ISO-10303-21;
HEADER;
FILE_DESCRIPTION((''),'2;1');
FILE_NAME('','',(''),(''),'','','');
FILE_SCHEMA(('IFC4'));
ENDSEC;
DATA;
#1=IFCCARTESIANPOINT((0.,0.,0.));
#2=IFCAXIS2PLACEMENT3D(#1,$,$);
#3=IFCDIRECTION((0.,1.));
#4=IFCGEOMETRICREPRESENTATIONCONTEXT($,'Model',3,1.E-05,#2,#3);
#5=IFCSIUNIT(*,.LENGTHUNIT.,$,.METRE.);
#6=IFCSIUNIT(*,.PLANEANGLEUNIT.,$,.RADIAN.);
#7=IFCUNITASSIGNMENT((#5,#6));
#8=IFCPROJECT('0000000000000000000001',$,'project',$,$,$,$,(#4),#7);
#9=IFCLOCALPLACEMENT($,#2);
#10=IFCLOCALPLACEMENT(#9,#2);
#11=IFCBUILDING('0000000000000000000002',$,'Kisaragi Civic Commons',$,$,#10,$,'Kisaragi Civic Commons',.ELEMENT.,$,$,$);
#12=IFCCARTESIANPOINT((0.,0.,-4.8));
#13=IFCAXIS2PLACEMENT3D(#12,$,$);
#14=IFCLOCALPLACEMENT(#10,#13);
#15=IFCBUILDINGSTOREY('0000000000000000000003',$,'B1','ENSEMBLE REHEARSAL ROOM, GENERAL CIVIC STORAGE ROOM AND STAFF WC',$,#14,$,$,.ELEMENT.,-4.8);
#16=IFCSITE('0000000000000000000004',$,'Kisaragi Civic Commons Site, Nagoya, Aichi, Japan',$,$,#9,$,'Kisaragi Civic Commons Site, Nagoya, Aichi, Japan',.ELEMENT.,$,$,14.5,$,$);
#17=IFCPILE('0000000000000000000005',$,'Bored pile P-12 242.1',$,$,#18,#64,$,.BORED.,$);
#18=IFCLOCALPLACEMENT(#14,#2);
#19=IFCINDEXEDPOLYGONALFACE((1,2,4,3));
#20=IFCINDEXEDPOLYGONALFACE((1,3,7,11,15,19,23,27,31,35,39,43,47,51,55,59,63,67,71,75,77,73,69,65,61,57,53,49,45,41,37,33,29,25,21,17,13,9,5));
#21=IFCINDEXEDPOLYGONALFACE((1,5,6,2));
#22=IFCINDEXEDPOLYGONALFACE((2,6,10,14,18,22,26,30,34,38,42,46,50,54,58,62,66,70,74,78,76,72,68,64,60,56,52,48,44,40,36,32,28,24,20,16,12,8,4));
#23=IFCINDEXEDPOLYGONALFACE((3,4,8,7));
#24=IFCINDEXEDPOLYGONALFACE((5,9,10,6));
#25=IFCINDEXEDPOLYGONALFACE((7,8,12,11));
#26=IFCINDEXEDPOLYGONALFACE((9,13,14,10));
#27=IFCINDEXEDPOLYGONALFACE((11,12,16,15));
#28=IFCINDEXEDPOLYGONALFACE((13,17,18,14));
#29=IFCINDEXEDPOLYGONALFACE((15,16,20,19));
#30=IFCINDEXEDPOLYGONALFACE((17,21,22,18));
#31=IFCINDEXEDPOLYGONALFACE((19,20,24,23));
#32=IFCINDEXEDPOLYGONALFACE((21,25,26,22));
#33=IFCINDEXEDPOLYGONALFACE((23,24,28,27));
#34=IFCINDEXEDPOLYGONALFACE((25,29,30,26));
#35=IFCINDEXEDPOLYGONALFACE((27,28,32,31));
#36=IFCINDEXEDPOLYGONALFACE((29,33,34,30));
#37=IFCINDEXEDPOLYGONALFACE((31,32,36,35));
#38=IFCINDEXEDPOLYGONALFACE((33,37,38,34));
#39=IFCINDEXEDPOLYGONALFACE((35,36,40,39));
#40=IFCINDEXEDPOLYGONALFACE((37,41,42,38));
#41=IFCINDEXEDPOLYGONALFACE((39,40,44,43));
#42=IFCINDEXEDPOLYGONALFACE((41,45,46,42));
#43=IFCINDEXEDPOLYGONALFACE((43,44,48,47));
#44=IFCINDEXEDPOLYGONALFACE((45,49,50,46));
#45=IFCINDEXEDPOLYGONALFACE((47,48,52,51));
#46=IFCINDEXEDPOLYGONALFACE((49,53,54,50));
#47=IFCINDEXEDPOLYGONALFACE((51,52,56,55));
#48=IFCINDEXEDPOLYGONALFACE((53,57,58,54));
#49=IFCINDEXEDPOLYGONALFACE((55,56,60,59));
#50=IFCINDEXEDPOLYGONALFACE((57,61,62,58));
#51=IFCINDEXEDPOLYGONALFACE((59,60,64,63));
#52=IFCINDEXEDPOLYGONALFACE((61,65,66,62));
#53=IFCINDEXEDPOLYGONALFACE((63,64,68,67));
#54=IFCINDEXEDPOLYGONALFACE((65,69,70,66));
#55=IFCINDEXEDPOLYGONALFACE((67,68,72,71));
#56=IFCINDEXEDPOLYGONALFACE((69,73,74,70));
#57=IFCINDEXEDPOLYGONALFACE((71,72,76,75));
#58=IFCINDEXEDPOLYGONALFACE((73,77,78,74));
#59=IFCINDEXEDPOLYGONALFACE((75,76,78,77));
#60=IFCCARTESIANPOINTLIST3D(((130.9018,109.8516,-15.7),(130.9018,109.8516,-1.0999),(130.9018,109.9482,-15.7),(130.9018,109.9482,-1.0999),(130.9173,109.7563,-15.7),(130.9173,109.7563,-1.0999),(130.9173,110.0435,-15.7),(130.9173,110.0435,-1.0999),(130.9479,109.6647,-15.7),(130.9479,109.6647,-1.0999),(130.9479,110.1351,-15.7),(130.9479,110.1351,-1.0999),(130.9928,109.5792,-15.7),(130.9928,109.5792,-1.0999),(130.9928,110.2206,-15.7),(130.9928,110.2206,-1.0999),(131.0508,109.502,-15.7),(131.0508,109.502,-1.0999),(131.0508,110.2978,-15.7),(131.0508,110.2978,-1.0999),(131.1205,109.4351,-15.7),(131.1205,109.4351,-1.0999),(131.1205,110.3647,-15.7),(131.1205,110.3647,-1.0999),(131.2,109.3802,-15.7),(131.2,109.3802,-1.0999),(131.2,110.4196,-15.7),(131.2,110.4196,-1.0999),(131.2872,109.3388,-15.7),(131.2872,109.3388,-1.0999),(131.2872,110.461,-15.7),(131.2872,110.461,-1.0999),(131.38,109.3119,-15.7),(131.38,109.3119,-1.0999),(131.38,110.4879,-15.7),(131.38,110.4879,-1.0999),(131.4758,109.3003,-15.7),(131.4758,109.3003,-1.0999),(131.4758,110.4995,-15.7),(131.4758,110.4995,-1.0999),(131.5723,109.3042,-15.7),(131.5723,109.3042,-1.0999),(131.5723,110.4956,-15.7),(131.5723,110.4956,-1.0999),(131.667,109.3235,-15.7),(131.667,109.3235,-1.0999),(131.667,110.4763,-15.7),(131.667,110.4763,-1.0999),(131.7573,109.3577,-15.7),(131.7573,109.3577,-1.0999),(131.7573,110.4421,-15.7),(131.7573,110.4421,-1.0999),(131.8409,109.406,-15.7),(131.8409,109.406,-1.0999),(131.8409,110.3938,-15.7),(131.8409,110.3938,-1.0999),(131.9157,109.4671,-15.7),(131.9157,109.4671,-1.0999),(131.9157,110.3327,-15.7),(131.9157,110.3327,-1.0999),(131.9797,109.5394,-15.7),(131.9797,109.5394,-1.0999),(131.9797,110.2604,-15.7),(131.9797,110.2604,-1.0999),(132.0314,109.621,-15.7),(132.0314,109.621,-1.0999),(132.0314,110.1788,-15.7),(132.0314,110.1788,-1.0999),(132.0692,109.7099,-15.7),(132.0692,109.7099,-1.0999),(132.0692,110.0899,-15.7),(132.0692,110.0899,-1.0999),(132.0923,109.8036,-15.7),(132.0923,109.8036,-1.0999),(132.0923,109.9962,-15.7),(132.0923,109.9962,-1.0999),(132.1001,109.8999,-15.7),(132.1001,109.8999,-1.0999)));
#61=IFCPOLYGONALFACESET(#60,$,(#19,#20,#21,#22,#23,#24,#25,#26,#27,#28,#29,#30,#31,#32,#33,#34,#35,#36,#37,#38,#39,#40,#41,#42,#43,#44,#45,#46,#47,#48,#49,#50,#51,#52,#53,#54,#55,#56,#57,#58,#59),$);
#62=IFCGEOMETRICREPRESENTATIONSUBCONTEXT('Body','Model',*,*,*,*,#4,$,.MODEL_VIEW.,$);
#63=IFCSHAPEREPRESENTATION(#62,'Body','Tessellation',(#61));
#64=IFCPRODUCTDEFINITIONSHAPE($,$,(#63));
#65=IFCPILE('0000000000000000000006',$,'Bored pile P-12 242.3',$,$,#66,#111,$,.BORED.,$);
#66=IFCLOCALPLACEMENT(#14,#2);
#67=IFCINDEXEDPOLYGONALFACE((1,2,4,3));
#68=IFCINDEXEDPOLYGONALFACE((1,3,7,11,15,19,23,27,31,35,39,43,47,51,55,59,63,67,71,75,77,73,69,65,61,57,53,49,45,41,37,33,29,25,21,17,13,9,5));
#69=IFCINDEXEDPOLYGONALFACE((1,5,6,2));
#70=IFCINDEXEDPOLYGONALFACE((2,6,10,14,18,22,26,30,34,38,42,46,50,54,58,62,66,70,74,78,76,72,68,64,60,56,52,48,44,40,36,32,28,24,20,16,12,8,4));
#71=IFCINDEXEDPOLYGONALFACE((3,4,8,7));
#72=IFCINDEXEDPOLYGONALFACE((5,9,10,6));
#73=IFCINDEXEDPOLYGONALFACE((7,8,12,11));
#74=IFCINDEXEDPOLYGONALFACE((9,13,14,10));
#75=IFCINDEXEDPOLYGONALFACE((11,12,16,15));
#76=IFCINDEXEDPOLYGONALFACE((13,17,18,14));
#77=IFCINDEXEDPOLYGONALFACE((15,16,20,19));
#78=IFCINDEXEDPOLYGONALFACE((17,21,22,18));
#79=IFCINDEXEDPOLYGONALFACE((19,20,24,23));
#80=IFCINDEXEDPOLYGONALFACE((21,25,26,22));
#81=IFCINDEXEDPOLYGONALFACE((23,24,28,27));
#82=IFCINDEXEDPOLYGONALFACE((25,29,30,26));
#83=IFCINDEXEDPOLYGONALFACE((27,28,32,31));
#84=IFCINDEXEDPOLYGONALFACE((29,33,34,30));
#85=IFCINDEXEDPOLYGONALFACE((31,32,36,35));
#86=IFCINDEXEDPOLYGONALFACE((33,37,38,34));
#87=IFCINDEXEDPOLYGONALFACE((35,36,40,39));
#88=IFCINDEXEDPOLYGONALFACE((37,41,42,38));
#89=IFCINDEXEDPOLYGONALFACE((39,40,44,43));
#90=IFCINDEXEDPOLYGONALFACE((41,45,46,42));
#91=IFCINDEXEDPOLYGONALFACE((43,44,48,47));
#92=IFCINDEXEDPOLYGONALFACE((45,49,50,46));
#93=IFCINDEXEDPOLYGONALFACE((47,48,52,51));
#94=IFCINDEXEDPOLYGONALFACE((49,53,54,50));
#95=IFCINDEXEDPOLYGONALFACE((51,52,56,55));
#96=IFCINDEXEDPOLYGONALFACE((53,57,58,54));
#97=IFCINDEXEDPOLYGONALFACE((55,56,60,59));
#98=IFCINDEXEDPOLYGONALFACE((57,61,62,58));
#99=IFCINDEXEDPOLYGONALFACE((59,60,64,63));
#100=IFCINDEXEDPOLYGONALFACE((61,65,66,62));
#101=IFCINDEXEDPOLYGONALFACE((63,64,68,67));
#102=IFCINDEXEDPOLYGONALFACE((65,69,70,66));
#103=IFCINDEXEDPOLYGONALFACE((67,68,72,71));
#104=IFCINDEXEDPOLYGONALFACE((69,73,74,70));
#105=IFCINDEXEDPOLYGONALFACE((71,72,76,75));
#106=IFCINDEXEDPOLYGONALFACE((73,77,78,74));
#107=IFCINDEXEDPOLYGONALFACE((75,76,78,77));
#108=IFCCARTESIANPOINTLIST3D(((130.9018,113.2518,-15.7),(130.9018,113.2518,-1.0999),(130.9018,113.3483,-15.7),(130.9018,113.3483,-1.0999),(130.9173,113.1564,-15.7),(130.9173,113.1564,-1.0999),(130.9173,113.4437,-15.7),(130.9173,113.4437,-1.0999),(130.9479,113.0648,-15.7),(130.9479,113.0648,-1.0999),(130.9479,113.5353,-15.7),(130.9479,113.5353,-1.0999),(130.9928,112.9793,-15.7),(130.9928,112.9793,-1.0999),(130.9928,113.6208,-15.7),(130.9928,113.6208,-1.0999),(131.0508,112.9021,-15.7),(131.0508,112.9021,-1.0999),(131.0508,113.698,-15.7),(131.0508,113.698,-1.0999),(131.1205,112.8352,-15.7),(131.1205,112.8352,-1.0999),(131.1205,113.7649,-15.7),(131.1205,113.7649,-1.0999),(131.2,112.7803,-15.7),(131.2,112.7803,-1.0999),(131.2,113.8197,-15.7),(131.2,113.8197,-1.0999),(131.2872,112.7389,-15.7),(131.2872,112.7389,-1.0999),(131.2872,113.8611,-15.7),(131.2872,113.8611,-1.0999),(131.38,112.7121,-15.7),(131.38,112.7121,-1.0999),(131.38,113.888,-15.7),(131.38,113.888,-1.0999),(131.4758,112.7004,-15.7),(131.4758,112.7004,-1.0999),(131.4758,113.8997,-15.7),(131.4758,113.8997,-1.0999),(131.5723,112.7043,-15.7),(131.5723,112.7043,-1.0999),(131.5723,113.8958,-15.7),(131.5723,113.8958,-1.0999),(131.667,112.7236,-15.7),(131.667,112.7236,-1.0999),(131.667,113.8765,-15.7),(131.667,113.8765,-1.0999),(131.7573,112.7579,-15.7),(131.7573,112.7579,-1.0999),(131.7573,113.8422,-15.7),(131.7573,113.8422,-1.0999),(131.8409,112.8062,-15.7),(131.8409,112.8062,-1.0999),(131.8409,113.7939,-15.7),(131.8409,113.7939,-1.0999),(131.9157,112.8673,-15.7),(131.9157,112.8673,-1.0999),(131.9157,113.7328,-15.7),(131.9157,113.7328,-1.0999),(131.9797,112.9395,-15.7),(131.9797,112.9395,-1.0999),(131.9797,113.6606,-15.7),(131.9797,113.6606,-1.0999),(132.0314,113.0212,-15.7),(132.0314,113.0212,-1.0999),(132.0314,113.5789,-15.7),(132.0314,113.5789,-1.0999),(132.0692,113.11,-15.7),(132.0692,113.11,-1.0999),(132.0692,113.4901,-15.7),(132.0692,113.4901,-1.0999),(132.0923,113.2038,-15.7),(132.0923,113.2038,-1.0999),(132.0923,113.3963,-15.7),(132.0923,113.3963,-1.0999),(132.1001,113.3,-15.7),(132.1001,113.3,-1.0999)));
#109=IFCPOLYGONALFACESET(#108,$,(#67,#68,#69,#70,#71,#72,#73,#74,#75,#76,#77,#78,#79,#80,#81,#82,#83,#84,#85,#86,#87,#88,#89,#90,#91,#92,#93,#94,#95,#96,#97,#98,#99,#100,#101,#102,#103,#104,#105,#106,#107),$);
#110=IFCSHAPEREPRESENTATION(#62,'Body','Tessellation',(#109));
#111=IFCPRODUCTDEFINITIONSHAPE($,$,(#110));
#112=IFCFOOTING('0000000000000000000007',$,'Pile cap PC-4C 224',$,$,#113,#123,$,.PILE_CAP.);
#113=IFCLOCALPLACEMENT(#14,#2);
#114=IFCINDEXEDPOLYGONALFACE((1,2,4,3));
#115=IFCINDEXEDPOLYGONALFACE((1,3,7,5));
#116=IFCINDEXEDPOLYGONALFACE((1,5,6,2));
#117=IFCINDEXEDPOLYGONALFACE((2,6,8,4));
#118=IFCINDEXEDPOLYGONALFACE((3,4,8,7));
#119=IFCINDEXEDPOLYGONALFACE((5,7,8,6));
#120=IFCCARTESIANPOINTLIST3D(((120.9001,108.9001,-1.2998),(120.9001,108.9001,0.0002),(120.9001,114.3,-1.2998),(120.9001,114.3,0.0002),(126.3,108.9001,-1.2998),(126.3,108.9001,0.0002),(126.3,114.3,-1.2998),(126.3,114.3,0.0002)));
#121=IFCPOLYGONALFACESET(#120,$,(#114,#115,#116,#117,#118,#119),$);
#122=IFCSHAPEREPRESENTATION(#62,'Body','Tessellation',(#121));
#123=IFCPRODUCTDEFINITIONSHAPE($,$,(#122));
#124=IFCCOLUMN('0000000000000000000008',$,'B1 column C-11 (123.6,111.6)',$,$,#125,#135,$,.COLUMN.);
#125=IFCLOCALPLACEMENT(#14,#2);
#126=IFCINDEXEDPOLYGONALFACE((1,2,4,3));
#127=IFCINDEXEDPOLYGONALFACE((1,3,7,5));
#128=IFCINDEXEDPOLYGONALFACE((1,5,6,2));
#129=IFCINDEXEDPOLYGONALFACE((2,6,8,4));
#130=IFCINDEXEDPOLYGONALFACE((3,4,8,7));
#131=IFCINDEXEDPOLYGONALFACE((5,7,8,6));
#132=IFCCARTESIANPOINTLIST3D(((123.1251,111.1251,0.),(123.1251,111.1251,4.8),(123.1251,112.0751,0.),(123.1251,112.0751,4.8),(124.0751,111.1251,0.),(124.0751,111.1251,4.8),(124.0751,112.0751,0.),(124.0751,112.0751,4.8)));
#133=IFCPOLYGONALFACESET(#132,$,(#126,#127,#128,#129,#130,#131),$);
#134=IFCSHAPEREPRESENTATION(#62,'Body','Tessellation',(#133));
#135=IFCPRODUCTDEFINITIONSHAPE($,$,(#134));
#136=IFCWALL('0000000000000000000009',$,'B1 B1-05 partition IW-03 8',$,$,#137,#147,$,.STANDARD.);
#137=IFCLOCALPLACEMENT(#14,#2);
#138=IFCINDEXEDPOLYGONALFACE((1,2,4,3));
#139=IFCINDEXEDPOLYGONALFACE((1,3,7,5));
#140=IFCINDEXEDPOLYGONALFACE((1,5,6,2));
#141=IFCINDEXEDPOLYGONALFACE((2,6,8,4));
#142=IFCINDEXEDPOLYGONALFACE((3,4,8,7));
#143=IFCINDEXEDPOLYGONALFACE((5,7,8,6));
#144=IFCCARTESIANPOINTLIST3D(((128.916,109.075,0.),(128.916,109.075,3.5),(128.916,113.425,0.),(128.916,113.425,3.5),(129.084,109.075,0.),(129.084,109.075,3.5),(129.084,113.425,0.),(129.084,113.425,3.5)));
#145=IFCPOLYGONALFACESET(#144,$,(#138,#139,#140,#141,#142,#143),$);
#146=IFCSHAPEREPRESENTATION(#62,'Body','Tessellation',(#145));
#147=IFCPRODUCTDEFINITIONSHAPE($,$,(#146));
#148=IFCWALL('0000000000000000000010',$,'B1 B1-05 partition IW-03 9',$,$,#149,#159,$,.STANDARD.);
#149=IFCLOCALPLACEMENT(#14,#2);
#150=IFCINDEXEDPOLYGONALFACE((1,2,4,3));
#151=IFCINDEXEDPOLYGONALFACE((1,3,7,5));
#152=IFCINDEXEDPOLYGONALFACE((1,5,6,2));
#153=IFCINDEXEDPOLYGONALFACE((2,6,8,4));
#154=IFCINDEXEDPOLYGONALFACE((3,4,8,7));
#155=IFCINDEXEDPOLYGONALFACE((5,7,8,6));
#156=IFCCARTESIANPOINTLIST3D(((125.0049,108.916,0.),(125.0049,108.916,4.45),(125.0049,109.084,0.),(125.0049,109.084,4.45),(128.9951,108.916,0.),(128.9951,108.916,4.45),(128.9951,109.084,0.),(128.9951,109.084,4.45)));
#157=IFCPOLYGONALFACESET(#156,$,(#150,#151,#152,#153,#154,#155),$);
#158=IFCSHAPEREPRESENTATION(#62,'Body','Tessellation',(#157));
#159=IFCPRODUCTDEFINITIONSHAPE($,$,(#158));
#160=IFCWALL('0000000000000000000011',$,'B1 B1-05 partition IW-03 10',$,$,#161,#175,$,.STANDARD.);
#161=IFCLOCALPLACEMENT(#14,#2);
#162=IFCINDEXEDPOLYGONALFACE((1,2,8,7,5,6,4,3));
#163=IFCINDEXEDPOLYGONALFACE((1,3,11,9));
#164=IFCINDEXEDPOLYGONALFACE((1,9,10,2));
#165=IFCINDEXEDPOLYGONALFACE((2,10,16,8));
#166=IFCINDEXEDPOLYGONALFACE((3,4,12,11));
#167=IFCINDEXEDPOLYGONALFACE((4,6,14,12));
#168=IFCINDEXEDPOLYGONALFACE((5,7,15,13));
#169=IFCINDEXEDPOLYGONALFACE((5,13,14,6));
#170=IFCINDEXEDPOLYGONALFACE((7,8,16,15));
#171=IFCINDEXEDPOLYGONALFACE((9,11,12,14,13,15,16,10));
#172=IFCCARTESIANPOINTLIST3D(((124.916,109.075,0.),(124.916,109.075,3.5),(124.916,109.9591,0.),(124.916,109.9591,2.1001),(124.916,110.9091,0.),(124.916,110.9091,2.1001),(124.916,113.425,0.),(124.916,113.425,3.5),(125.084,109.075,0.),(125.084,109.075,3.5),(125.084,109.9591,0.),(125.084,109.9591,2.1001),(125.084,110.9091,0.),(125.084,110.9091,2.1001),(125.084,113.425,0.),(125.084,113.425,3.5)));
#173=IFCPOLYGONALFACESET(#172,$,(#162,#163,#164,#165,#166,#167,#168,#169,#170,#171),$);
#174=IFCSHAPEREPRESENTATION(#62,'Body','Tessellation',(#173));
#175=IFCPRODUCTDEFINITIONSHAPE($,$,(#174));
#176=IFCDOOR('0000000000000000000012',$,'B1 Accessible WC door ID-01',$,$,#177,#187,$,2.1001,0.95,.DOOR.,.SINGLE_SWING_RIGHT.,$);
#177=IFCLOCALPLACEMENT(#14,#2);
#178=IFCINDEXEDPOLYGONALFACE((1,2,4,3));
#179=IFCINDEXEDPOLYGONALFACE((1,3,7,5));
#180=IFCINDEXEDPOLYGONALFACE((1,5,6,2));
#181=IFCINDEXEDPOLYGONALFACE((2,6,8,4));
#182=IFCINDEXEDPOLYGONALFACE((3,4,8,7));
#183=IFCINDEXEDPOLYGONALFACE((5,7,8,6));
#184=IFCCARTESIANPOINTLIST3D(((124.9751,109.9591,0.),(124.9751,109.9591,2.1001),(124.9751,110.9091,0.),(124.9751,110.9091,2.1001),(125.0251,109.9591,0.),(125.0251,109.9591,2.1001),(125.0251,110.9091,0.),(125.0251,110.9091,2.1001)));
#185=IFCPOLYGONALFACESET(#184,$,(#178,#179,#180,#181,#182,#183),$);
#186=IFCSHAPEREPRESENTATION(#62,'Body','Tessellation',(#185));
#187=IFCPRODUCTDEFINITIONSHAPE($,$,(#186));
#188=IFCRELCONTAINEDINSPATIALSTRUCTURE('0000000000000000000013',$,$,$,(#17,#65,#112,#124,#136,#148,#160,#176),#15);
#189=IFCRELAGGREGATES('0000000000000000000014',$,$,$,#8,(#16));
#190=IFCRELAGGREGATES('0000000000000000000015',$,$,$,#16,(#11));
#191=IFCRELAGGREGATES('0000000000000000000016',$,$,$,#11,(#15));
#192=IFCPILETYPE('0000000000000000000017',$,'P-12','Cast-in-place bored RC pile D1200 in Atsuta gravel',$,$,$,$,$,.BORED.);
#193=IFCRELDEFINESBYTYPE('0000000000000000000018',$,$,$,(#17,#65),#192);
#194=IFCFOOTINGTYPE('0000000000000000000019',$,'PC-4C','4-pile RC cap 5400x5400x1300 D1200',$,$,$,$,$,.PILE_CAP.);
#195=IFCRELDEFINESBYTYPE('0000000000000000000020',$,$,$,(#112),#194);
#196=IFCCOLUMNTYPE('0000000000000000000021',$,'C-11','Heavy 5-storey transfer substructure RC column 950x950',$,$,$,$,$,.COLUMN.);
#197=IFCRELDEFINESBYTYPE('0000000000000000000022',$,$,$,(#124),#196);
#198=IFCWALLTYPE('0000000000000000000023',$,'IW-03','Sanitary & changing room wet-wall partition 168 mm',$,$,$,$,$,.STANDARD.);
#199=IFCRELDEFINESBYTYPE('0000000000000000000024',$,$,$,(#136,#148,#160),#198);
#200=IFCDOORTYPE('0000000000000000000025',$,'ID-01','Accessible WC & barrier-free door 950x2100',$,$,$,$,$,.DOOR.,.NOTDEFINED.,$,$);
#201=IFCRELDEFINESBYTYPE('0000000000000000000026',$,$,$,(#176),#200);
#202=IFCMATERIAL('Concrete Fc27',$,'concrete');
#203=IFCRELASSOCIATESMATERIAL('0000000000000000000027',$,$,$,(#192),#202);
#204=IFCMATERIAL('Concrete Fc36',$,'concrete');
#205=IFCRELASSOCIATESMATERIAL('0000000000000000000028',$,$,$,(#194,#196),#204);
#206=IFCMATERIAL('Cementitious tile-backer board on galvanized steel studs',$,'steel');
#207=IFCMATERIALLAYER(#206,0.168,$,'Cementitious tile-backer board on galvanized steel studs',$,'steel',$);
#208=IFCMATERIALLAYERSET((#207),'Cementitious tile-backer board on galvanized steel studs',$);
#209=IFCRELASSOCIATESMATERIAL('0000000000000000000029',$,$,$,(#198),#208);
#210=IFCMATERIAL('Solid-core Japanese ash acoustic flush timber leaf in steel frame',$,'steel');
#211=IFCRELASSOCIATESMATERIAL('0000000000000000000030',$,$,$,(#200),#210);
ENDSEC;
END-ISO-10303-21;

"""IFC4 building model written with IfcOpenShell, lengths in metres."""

from ifc_helpers import new_model, si_unit, direction, frame, frame_2d, origin, origin_2d, place, context, subcontext, project, spatial, rectangle, circle, extrude, material, layer, layer_set, material_profile, profile_set, type_object, element, fill, save


model = new_model("IFC4")

# Units and contexts
model_context = context("Model", 3, precision=1e-05, world=origin(), true_north=direction((0.0, 1.0)))
body_context = subcontext(model_context, "Body", "Model", "MODEL_VIEW")
ifc_project = project(units=[si_unit("LENGTHUNIT", "METRE"), si_unit("PLANEANGLEUNIT", "RADIAN")], contexts=[model_context])

# Site, building, storey
site_placement = place(None, origin())
site = spatial("IfcSite", under=ifc_project, at=site_placement, Name="Kisaragi Civic Commons Site, Nagoya, Aichi, Japan", LongName="Kisaragi Civic Commons Site, Nagoya, Aichi, Japan", CompositionType="ELEMENT", RefElevation=14.5)
building_placement = place(site_placement, origin())
building = spatial("IfcBuilding", under=site, at=building_placement, Name="Kisaragi Civic Commons", LongName="Kisaragi Civic Commons", CompositionType="ELEMENT")
storey_placement = place(building_placement, frame((0.0, 0.0, -4.8)))
storey = spatial("IfcBuildingStorey", under=building, at=storey_placement, Name="B1", Description="ENSEMBLE REHEARSAL ROOM, GENERAL CIVIC STORAGE ROOM AND STAFF WC", CompositionType="ELEMENT", Elevation=-4.8)

# Shared definitions
ifc_material_1 = material(Name="Concrete Fc27", Category="concrete")

# Piles
ifc_material_profile_1 = material_profile(ifc_material_1, circle(Radius=0.6001, at=origin_2d()), Name="PILE-D1200", Category="concrete")
ifc_profile_set_1 = profile_set([ifc_material_profile_1], Name="Concrete Fc27")
pile_type = type_object("IfcPileType", Name="P-12", Description="Cast-in-place bored RC pile D1200 in Atsuta gravel", PredefinedType="BORED", material=ifc_profile_set_1)
for number, where, z_axis, x_axis, name in (
    (1, (131.5, 109.8999, -1.0999), (0.0, 0.0, -1.0), (1.0, 0.0, 0.0), "Bored pile P-12 242.1"),
    (2, (131.5, 113.3, -1.0999), (0.0, 0.0, -1.0), (1.0, 0.0, 0.0), "Bored pile P-12 242.3"),
):
    element("IfcPile", number, at=place(storey_placement, frame(where, z_axis=z_axis, x_axis=x_axis)), inside=storey, type_object=pile_type, Name=name, PredefinedType="BORED", context=body_context, shape_type="SweptSolid", body=[
        extrude(circle(Radius=0.6001, at=origin_2d()), origin(), (0.0, 0.0, 1.0), 14.6001),
    ])

# Footing
ifc_material_2 = material(Name="Concrete Fc36", Category="concrete")
footing_type_1 = type_object("IfcFootingType", Name="PC-4C", Description="4-pile RC cap 5400x5400x1300 D1200", PredefinedType="PILE_CAP", material=ifc_material_2)
footing_1_placement = place(storey_placement, frame((123.6001, 111.6001, -1.2998), z_axis=(0.0, 0.0, 1.0), x_axis=(1.0, 0.0, 0.0)))
element("IfcFooting", 3, at=footing_1_placement, inside=storey, type_object=footing_type_1, Name="Pile cap PC-4C 224", PredefinedType="PILE_CAP", context=body_context, shape_type="SweptSolid", body=[
    extrude(rectangle(XDim=5.3999, YDim=5.3999, at=origin_2d()), origin(), (0.0, 0.0, 1.0), 1.3),
])

# Column
ifc_material_profile_2 = material_profile(ifc_material_2, rectangle(XDim=0.95, YDim=0.95, at=origin_2d()), Name="RC-950x950", Category="concrete")
ifc_profile_set_2 = profile_set([ifc_material_profile_2], Name="Concrete Fc36")
column_type = type_object("IfcColumnType", Name="C-11", Description="Heavy 5-storey transfer substructure RC column 950x950", PredefinedType="COLUMN", material=ifc_profile_set_2)
column_placement = place(storey_placement, frame((123.6001, 111.6001, 0.0), z_axis=(0.0, 0.0, 1.0), x_axis=(1.0, 0.0, 0.0)))
element("IfcColumn", 4, at=column_placement, inside=storey, type_object=column_type, Name="B1 column C-11 (123.6,111.6)", PredefinedType="COLUMN", context=body_context, shape_type="SweptSolid", body=[
    extrude(rectangle(XDim=0.95, YDim=0.95, at=origin_2d()), origin(), (0.0, 0.0, 1.0), 4.8),
])

# Walls
ifc_material_3 = material(Name="Cementitious tile-backer board on galvanized steel studs", Category="steel")
ifc_layer_1 = layer(ifc_material_3, 0.168, Name="Cementitious tile-backer board on galvanized steel studs", Category="steel")
ifc_layer_set_1 = layer_set([ifc_layer_1], Name="Cementitious tile-backer board on galvanized steel studs")
wall_type_1 = type_object("IfcWallType", Name="IW-03", Description="Sanitary & changing room wet-wall partition 168 mm", PredefinedType="STANDARD", material=ifc_layer_set_1)
wall_1_placement = place(storey_placement, frame((129.0, 113.425, 0.0), z_axis=(0.0, 0.0, 1.0), x_axis=(0.0, -1.0, 0.0)))
element("IfcWall", 5, at=wall_1_placement, inside=storey, type_object=wall_type_1, Name="B1 B1-05 partition IW-03 8", PredefinedType="STANDARD", context=body_context, shape_type="SweptSolid", body=[
    extrude(rectangle(XDim=4.3501, YDim=0.168, at=frame_2d((2.175, 0.0))), origin(), (0.0, 0.0, 1.0), 3.5),
])
wall_2_placement = place(storey_placement, frame((128.9951, 109.0, 0.0), z_axis=(0.0, 0.0, 1.0), x_axis=(-1.0, 0.0, 0.0)))
element("IfcWall", 6, at=wall_2_placement, inside=storey, type_object=wall_type_1, Name="B1 B1-05 partition IW-03 9", PredefinedType="STANDARD", context=body_context, shape_type="SweptSolid", body=[
    extrude(rectangle(XDim=3.9902, YDim=0.168, at=frame_2d((1.9951, 0.0))), origin(), (0.0, 0.0, 1.0), 4.45),
])

# Wall, opening, door
wall_3_placement = place(storey_placement, frame((125.0, 109.075, 0.0), z_axis=(0.0, 0.0, 1.0), x_axis=(0.0, 1.0, 0.0)))
wall_3 = element("IfcWall", 7, at=wall_3_placement, inside=storey, type_object=wall_type_1, Name="B1 B1-05 partition IW-03 10", PredefinedType="STANDARD", context=body_context, shape_type="SweptSolid", body=[
    extrude(rectangle(XDim=4.3501, YDim=0.168, at=frame_2d((2.175, 0.0))), origin(), (0.0, 0.0, 1.0), 3.5),
])
opening_1_placement = place(wall_3_placement, frame((0.884, 0.0, 0.0)))
opening_1 = element("IfcOpeningElement", 8, at=opening_1_placement, cuts=wall_3, PredefinedType="OPENING", context=body_context, shape_type="SweptSolid", body=[
    extrude(rectangle(XDim=0.95, YDim=2.1001, at=frame_2d((0.4751, 1.05))), frame((0.0, 0.094, 0.0), z_axis=(0.0, -1.0, 0.0), x_axis=(1.0, 0.0, 0.0)), (0.0, 0.0, 1.0), 0.188),
])
ifc_material_4 = material(Name="Solid-core Japanese ash acoustic flush timber leaf in steel frame", Category="steel")
door_type_1 = type_object("IfcDoorType", Name="ID-01", Description="Accessible WC & barrier-free door 950x2100", OperationType="NOTDEFINED", PredefinedType="DOOR", material=ifc_material_4)
door_1_placement = place(opening_1_placement, origin())
door_1 = element("IfcDoor", 9, at=door_1_placement, inside=storey, type_object=door_type_1, Name="B1 Accessible WC door ID-01", OperationType="SINGLE_SWING_RIGHT", OverallHeight=2.1001, OverallWidth=0.95, PredefinedType="DOOR", context=body_context, shape_type="SweptSolid", body=[
    extrude(rectangle(XDim=0.95, YDim=2.1001, at=frame_2d((0.4751, 1.05))), frame((0.0, 0.0249, 0.0), z_axis=(0.0, -1.0, 0.0), x_axis=(1.0, 0.0, 0.0)), (0.0, 0.0, 1.0), 0.05),
])
fill(opening_1, door_1)

save(model, "model.ifc")
